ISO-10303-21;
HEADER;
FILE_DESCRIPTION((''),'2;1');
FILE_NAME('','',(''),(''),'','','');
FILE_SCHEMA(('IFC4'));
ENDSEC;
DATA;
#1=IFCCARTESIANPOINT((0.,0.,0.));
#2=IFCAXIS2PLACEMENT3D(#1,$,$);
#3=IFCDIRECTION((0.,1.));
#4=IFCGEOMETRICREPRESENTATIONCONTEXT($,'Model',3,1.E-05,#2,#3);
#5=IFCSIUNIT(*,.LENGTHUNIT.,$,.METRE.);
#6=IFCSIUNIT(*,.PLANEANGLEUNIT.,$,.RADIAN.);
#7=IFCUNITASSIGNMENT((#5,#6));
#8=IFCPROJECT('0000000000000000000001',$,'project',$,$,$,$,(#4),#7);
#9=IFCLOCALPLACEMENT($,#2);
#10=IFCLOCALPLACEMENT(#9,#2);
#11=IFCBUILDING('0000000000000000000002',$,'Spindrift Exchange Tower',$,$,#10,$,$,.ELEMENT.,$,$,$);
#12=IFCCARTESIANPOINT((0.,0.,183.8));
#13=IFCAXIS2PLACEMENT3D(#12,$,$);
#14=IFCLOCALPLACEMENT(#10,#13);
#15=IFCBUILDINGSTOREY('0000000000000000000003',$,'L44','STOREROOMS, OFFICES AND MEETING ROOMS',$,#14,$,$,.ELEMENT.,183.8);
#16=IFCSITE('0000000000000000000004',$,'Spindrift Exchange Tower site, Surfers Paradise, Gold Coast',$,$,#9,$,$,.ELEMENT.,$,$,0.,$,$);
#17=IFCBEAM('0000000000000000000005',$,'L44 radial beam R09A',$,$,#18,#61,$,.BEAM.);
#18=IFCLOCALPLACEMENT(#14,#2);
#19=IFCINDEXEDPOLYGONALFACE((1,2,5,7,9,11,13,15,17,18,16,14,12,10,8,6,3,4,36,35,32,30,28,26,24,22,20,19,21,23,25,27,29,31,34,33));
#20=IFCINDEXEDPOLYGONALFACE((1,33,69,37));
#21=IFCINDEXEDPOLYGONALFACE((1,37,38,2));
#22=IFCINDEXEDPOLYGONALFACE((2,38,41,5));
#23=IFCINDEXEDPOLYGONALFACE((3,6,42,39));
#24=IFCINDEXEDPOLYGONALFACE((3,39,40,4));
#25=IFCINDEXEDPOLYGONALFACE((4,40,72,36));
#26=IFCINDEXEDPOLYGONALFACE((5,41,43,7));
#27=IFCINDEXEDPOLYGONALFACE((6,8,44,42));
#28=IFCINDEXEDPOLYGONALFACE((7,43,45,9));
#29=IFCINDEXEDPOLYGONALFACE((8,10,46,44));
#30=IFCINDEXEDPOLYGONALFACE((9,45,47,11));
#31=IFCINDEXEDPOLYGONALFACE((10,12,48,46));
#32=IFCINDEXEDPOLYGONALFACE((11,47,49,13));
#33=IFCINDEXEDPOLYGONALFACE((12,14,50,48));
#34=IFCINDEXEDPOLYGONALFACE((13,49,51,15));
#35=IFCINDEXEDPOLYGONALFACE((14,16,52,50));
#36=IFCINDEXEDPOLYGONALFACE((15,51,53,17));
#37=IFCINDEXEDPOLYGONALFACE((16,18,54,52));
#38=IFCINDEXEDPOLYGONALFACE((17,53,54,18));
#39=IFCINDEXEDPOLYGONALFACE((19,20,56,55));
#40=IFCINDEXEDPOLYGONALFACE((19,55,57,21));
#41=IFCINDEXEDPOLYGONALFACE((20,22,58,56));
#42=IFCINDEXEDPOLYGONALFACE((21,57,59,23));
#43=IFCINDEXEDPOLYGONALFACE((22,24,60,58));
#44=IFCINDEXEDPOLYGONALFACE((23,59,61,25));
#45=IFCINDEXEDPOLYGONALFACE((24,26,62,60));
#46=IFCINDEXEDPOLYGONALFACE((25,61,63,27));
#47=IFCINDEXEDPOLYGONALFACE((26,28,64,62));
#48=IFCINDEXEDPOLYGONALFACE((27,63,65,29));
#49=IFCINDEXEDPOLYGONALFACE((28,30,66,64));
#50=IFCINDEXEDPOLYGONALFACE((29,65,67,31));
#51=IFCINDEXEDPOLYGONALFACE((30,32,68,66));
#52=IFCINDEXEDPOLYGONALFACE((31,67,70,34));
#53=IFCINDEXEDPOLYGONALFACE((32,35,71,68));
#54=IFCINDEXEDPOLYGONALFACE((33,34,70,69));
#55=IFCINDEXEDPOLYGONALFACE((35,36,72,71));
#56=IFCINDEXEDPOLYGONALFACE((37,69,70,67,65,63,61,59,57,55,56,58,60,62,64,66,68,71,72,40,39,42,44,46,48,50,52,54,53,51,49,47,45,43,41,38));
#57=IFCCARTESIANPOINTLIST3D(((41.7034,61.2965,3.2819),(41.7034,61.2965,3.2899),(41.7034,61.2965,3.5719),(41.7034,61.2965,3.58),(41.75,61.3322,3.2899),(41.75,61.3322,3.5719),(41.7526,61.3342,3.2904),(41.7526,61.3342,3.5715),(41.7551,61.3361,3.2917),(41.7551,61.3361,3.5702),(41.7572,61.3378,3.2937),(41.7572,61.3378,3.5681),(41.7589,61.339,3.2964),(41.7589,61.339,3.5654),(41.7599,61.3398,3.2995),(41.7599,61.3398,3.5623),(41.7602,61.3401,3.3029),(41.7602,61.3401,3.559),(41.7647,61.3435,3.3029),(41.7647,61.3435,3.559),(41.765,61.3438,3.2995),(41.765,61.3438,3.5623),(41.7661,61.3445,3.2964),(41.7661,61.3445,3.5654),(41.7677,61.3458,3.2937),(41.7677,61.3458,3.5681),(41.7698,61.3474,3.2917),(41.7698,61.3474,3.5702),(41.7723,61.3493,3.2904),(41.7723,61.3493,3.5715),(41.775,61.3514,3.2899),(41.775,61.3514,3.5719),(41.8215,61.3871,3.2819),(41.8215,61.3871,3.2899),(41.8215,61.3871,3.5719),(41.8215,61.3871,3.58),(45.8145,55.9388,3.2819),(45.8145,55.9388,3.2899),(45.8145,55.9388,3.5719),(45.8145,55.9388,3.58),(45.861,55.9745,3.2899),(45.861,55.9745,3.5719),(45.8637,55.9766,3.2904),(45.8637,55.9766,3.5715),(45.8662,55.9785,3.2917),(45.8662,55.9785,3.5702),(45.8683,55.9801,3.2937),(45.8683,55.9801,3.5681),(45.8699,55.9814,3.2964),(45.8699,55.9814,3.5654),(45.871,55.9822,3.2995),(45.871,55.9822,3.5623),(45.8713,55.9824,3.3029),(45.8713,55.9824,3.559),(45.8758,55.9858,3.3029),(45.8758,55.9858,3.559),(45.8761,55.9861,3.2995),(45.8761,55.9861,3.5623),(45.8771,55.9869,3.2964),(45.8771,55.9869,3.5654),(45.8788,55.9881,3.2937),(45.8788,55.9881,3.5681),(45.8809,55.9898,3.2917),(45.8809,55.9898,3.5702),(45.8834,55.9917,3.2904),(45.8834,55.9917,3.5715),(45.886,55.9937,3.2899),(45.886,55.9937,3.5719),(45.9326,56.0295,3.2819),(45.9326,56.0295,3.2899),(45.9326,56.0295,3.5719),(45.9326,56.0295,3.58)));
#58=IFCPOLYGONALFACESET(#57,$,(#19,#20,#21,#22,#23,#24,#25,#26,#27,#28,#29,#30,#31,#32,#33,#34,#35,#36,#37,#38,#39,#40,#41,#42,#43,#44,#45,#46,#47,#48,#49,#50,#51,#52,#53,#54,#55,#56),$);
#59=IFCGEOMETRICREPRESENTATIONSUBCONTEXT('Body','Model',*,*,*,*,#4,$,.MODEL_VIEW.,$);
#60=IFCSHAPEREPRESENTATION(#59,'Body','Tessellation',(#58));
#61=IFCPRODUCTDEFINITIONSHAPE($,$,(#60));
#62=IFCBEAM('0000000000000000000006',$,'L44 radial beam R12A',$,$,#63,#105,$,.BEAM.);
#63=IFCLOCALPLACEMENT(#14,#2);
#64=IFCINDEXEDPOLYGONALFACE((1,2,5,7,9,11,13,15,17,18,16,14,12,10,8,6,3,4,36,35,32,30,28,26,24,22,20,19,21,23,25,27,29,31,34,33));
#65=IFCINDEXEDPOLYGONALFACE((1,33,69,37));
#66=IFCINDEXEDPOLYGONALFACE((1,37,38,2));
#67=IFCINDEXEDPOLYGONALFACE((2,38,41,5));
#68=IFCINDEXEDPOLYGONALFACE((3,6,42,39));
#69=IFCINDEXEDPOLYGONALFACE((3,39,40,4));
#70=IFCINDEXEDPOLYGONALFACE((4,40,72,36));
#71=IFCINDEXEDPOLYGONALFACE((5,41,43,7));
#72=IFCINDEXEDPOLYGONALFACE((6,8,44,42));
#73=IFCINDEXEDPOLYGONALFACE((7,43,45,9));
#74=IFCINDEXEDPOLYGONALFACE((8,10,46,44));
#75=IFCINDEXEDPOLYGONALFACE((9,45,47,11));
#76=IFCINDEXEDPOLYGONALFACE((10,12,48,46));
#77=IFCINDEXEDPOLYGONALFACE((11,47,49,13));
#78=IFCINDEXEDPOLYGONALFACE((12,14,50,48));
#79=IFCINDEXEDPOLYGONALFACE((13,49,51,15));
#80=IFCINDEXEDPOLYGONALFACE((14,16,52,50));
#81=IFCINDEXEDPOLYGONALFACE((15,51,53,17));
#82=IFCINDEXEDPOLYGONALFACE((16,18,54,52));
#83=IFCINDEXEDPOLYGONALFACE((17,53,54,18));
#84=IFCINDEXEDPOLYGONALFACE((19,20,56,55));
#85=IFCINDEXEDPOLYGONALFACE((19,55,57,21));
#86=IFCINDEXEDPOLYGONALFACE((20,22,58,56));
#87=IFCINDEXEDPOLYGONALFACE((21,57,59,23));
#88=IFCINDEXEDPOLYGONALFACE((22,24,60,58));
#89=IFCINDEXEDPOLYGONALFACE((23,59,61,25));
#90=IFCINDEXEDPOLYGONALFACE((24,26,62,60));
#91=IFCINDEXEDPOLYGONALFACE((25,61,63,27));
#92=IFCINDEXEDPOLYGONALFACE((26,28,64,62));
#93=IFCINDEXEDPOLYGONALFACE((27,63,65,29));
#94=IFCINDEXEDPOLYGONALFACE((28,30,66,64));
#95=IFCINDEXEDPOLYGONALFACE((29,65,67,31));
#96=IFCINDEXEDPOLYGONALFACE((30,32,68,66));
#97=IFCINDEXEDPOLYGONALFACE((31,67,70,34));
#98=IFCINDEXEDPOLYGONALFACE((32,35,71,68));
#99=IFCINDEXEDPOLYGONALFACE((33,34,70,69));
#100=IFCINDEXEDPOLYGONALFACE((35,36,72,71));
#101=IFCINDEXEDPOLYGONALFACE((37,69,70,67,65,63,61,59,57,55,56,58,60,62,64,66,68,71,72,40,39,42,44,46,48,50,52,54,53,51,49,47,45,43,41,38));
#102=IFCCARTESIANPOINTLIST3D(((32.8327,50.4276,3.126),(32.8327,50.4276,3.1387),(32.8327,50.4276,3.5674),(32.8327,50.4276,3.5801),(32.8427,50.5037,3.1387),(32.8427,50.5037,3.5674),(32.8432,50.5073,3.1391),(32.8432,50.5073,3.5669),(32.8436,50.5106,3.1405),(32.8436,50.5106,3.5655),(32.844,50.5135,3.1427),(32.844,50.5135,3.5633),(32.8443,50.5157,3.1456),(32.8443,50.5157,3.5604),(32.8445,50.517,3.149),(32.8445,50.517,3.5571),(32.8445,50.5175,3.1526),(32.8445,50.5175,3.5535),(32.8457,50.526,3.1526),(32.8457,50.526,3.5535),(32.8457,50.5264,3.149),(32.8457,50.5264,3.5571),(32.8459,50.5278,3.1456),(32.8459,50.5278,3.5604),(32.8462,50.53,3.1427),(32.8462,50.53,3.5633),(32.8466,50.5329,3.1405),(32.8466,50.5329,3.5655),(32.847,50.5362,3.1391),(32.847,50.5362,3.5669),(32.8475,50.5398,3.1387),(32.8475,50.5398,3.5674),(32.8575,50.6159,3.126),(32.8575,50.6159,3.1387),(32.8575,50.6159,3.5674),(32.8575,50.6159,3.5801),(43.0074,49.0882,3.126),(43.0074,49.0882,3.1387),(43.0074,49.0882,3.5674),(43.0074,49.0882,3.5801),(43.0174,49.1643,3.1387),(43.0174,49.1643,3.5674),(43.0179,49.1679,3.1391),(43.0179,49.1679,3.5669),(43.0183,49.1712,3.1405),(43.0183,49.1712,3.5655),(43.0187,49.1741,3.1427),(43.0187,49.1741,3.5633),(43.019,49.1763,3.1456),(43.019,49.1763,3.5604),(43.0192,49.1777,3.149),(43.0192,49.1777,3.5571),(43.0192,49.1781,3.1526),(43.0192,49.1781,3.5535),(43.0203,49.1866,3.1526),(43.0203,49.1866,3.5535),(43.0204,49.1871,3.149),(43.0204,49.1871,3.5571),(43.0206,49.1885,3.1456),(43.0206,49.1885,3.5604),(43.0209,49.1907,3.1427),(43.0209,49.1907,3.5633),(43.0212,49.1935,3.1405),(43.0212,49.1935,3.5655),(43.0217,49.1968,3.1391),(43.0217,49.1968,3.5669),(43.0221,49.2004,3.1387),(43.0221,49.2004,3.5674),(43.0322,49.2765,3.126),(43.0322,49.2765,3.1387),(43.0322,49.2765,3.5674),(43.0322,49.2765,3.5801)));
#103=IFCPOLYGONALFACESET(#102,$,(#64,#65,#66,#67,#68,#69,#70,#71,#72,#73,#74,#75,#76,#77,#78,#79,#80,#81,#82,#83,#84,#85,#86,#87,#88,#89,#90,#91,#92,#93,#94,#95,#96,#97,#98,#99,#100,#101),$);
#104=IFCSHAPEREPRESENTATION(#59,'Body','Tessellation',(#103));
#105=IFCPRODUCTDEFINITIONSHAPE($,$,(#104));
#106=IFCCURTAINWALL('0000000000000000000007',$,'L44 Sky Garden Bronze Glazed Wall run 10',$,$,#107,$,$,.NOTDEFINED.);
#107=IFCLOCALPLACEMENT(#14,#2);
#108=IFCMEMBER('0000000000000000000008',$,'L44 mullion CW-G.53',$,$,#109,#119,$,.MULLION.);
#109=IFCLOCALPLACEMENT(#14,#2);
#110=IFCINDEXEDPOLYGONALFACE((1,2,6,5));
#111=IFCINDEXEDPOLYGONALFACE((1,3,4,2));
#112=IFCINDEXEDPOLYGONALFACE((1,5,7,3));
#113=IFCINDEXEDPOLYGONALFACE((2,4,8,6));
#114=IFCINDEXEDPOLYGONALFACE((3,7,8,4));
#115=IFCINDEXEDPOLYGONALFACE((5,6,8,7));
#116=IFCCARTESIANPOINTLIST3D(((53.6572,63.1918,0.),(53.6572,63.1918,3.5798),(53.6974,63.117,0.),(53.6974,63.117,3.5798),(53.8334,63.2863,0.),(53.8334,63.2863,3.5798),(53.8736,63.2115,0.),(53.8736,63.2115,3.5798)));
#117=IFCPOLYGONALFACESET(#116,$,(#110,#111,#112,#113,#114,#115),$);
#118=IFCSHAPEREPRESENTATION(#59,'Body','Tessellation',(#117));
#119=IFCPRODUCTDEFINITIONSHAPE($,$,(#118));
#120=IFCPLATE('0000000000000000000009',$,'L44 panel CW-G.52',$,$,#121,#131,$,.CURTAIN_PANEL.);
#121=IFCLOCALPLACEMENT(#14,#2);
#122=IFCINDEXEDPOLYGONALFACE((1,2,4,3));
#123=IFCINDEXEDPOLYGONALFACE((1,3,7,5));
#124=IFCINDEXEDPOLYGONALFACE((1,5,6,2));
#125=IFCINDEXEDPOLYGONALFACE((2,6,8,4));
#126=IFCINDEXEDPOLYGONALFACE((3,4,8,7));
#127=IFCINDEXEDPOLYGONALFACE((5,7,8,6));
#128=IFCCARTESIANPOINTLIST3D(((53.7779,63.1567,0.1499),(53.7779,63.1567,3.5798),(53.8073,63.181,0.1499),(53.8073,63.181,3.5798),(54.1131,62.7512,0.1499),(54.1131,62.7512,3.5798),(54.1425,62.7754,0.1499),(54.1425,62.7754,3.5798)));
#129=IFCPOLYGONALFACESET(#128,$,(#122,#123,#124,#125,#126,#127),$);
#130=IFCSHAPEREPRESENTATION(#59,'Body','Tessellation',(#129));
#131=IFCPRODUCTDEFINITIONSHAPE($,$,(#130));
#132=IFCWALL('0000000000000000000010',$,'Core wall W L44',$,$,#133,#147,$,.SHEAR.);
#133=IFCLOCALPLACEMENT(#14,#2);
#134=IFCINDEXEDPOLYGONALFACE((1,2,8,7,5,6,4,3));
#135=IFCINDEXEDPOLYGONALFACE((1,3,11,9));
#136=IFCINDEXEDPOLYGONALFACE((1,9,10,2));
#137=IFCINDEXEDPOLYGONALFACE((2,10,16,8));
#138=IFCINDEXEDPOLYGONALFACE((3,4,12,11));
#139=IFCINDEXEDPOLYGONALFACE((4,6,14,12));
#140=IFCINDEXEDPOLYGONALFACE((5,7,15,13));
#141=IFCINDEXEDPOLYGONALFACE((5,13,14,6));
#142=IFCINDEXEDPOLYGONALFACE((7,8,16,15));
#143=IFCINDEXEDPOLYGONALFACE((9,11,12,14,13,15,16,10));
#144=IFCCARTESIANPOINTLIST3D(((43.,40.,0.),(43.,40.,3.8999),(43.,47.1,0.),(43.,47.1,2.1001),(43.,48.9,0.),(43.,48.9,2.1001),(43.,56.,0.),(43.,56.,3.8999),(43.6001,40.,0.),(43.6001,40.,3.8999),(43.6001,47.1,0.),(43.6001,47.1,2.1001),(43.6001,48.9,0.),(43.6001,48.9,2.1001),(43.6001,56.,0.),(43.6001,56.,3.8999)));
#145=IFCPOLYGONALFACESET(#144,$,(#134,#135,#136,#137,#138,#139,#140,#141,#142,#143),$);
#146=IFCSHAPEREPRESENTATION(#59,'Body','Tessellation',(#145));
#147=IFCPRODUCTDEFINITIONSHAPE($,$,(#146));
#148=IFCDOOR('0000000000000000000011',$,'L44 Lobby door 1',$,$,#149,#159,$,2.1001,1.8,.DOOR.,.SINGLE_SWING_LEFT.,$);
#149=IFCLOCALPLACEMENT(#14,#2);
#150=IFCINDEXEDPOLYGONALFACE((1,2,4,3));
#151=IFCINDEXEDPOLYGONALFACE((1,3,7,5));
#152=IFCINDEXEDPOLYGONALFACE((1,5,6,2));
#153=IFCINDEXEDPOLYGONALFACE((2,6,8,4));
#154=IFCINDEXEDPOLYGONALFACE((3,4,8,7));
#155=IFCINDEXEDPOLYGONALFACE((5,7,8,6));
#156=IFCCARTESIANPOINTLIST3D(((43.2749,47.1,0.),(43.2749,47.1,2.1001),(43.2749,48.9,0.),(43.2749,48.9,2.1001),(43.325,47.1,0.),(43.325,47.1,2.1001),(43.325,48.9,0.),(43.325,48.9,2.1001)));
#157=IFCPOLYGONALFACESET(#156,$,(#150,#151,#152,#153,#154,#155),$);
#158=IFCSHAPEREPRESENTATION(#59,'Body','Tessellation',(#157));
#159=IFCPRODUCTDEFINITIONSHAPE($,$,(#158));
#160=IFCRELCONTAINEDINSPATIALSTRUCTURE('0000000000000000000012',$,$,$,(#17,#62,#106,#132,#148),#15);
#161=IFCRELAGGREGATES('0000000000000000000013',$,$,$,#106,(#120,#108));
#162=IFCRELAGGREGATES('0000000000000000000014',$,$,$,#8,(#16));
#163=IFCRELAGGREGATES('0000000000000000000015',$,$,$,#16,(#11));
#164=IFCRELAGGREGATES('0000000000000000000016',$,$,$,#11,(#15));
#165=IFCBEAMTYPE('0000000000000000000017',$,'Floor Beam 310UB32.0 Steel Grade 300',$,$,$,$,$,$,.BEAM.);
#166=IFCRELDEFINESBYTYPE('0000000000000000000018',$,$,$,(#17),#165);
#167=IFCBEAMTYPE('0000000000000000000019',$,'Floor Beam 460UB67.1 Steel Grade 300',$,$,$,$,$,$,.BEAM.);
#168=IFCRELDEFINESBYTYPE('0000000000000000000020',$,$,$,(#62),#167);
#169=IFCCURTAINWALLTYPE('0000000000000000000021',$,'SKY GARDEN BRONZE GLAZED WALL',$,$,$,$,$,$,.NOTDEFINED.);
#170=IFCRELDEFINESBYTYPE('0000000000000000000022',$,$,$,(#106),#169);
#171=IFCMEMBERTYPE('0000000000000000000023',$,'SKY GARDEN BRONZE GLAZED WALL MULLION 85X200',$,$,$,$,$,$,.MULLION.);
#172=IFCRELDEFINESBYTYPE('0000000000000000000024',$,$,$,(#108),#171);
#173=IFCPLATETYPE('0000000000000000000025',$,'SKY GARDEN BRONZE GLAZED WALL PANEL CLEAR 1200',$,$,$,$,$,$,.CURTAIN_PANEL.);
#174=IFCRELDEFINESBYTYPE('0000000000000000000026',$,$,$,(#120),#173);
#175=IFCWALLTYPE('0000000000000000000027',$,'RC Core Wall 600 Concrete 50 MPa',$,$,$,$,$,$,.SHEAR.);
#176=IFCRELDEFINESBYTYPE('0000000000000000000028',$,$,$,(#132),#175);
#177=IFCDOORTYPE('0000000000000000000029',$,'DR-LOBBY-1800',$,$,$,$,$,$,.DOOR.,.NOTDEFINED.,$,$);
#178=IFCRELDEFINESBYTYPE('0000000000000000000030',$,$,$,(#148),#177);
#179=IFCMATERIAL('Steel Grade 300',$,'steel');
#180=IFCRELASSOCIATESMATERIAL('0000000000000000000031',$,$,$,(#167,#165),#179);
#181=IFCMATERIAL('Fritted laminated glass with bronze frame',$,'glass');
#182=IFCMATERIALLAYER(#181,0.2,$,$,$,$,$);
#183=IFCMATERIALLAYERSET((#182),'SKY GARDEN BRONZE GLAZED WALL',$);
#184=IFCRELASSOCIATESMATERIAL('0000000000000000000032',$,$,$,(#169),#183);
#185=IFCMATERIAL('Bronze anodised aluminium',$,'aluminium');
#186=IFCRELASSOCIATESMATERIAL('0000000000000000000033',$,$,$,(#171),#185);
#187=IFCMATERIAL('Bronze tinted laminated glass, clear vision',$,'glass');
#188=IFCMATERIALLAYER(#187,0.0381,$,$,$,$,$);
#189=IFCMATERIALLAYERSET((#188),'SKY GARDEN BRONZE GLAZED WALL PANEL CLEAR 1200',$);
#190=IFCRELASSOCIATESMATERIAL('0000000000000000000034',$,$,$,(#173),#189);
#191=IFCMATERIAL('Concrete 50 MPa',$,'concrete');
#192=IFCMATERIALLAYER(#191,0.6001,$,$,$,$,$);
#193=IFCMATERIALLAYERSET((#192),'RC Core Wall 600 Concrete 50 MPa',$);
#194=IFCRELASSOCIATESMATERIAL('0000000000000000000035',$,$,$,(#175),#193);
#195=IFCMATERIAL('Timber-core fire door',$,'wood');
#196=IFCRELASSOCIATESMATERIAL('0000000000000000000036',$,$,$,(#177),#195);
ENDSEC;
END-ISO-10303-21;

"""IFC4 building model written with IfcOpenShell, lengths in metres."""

from ifc_helpers import new_model, si_unit, direction, frame, frame_2d, origin, origin_2d, place, context, subcontext, project, spatial, rectangle, i_section, extrude, source, transform, mapped, material, layer, layer_set, material_profile, profile_set, type_object, element, fill, aggregate, save


model = new_model("IFC4")

# Units and contexts
model_context = context("Model", 3, precision=1e-05, world=origin(), true_north=direction((0.0, 1.0)))
body_context = subcontext(model_context, "Body", "Model", "MODEL_VIEW")
ifc_project = project(units=[si_unit("LENGTHUNIT", "METRE"), si_unit("PLANEANGLEUNIT", "RADIAN")], contexts=[model_context])

# Site, building, storey
site_placement = place(None, origin())
site = spatial("IfcSite", under=ifc_project, at=site_placement, Name="Spindrift Exchange Tower site, Surfers Paradise, Gold Coast", CompositionType="ELEMENT", RefElevation=0.0)
building_placement = place(site_placement, origin())
building = spatial("IfcBuilding", under=site, at=building_placement, Name="Spindrift Exchange Tower", CompositionType="ELEMENT")
storey_placement = place(building_placement, frame((0.0, 0.0, 183.8)))
storey = spatial("IfcBuildingStorey", under=building, at=storey_placement, Name="L44", Description="STOREROOMS, OFFICES AND MEETING ROOMS", CompositionType="ELEMENT", Elevation=183.8)

# Beams
ifc_material_1 = material(Name="Steel Grade 300", Category="steel")
ifc_material_profile_1 = material_profile(ifc_material_1, i_section(OverallWidth=0.1899, OverallDepth=0.4541, WebThickness=0.0085, FlangeThickness=0.0127, FilletRadius=0.0139, at=origin_2d()), Name="460UB67.1")
ifc_profile_set_1 = profile_set([ifc_material_profile_1], Name="Steel Grade 300")
beam_type_1 = type_object("IfcBeamType", Name="Floor Beam 460UB67.1 Steel Grade 300", PredefinedType="BEAM", material=ifc_profile_set_1)
ifc_material_profile_2 = material_profile(ifc_material_1, i_section(OverallWidth=0.1489, OverallDepth=0.2981, WebThickness=0.0056, FlangeThickness=0.0081, FilletRadius=0.0129, at=origin_2d()), Name="310UB32.0")
ifc_profile_set_2 = profile_set([ifc_material_profile_2], Name="Steel Grade 300")
beam_type_2 = type_object("IfcBeamType", Name="Floor Beam 310UB32.0 Steel Grade 300", PredefinedType="BEAM", material=ifc_profile_set_2)
shared_shape_1 = source(origin(), body_context, "Body", "SweptSolid", [
    extrude(i_section(OverallWidth=0.1489, OverallDepth=0.2981, WebThickness=0.0056, FlangeThickness=0.0081, FilletRadius=0.0129, at=origin_2d()), origin(), (0.0, 0.0, 1.0), 6.7532),
])
beam_1_placement = place(storey_placement, frame((45.8735, 55.9841, 3.4309), z_axis=(-0.608762, 0.793353, 0.0), x_axis=(-0.793353, -0.608762, 0.0)))
element("IfcBeam", 1, at=beam_1_placement, inside=storey, type_object=beam_type_2, Name="L44 radial beam R09A", PredefinedType="BEAM", context=body_context, shape_type="MappedRepresentation", body=[
    mapped(shared_shape_1, transform((0.0, 0.0, 0.0), scale=1.0)),
])
shared_shape_2 = source(origin(), body_context, "Body", "SweptSolid", [
    extrude(i_section(OverallWidth=0.1899, OverallDepth=0.4541, WebThickness=0.0085, FlangeThickness=0.0127, FilletRadius=0.0139, at=origin_2d()), origin(), (0.0, 0.0, 1.0), 10.2625),
])
beam_2_placement = place(storey_placement, frame((43.0198, 49.1824, 3.353), z_axis=(-0.991447, 0.130512, 0.0), x_axis=(-0.130512, -0.991447, 0.0)))
element("IfcBeam", 2, at=beam_2_placement, inside=storey, type_object=beam_type_1, Name="L44 radial beam R12A", PredefinedType="BEAM", context=body_context, shape_type="MappedRepresentation", body=[
    mapped(shared_shape_2, transform((0.0, 0.0, 0.0), scale=1.0)),
])

# Curtain wall, member, plate
ifc_material_2 = material(Name="Fritted laminated glass with bronze frame", Category="glass")
ifc_layer_1 = layer(ifc_material_2, 0.2)
ifc_layer_set_1 = layer_set([ifc_layer_1], Name="SKY GARDEN BRONZE GLAZED WALL")
curtain_wall_type = type_object("IfcCurtainWallType", Name="SKY GARDEN BRONZE GLAZED WALL", PredefinedType="NOTDEFINED", material=ifc_layer_set_1)
curtain_wall_placement = place(storey_placement, origin())
curtain_wall = element("IfcCurtainWall", 3, at=curtain_wall_placement, inside=storey, type_object=curtain_wall_type, Name="L44 Sky Garden Bronze Glazed Wall run 10", PredefinedType="NOTDEFINED")
ifc_material_3 = material(Name="Bronze anodised aluminium", Category="aluminium")
ifc_material_profile_3 = material_profile(ifc_material_3, rectangle(XDim=0.085, YDim=0.2, at=origin_2d()), Name="SKY GARDEN BRONZE GLAZED WALL MULLION 85X200")
ifc_profile_set_3 = profile_set([ifc_material_profile_3], Name="Bronze anodised aluminium")
member_type = type_object("IfcMemberType", Name="SKY GARDEN BRONZE GLAZED WALL MULLION 85X200", PredefinedType="MULLION", material=ifc_profile_set_3)
shared_shape_3 = source(origin(), body_context, "Body", "SweptSolid", [
    extrude(rectangle(XDim=0.085, YDim=0.2, at=origin_2d()), origin(), (0.0, 0.0, 1.0), 3.5798),
])
member_placement = place(storey_placement, frame((53.7654, 63.2017, 0.0), z_axis=(0.0, 0.0, 1.0), x_axis=(-0.47263, 0.881261, 0.0)))
member = element("IfcMember", 4, at=member_placement, type_object=member_type, Name="L44 mullion CW-G.53", PredefinedType="MULLION", context=body_context, shape_type="MappedRepresentation", body=[
    mapped(shared_shape_3, transform((0.0, 0.0, 0.0), scale=1.0)),
])
ifc_material_4 = material(Name="Bronze tinted laminated glass, clear vision", Category="glass")
ifc_layer_2 = layer(ifc_material_4, 0.0381)
ifc_layer_set_2 = layer_set([ifc_layer_2], Name="SKY GARDEN BRONZE GLAZED WALL PANEL CLEAR 1200")
plate_type = type_object("IfcPlateType", Name="SKY GARDEN BRONZE GLAZED WALL PANEL CLEAR 1200", PredefinedType="CURTAIN_PANEL", material=ifc_layer_set_2)
shared_shape_4 = source(origin(), body_context, "Body", "SweptSolid", [
    extrude(rectangle(XDim=0.5261, YDim=0.0381, at=origin_2d()), origin(), (0.0, 0.0, 1.0), 3.4299),
])
plate_placement = place(storey_placement, frame((53.9602, 62.9661, 0.1499), z_axis=(0.0, 0.0, 1.0), x_axis=(-0.637105, 0.770777, 0.0)))
plate = element("IfcPlate", 5, at=plate_placement, type_object=plate_type, Name="L44 panel CW-G.52", PredefinedType="CURTAIN_PANEL", context=body_context, shape_type="MappedRepresentation", body=[
    mapped(shared_shape_4, transform((0.0, 0.0, 0.0), scale=1.0)),
])
aggregate(curtain_wall, [plate, member])

# Wall, opening, door
ifc_material_5 = material(Name="Concrete 50 MPa", Category="concrete")
ifc_layer_3 = layer(ifc_material_5, 0.6001)
ifc_layer_set_3 = layer_set([ifc_layer_3], Name="RC Core Wall 600 Concrete 50 MPa")
wall_type_1 = type_object("IfcWallType", Name="RC Core Wall 600 Concrete 50 MPa", PredefinedType="SHEAR", material=ifc_layer_set_3)
wall_1_placement = place(storey_placement, frame((43.3, 56.0, 0.0), z_axis=(0.0, 0.0, 1.0), x_axis=(0.0, -1.0, 0.0)))
wall_1 = element("IfcWall", 6, at=wall_1_placement, inside=storey, type_object=wall_type_1, Name="Core wall W L44", PredefinedType="SHEAR", context=body_context, shape_type="SweptSolid", body=[
    extrude(rectangle(XDim=16.0, YDim=0.6001, at=frame_2d((8.0, 0.0))), origin(), (0.0, 0.0, 1.0), 3.8999),
])
opening_1_placement = place(wall_1_placement, frame((7.1001, 0.0, 0.0)))
opening_1 = element("IfcOpeningElement", 7, at=opening_1_placement, cuts=wall_1, PredefinedType="OPENING", context=body_context, shape_type="SweptSolid", body=[
    extrude(rectangle(XDim=1.8, YDim=2.1001, at=frame_2d((0.8999, 1.05))), frame((0.0, 0.3101, 0.0), z_axis=(0.0, -1.0, 0.0), x_axis=(1.0, 0.0, 0.0)), (0.0, 0.0, 1.0), 0.6201),
])
ifc_material_6 = material(Name="Timber-core fire door", Category="wood")
door_type_1 = type_object("IfcDoorType", Name="DR-LOBBY-1800", OperationType="NOTDEFINED", PredefinedType="DOOR", material=ifc_material_6)
shared_shape_5 = source(origin(), body_context, "Body", "SweptSolid", [
    extrude(rectangle(XDim=1.8, YDim=2.1001, at=frame_2d((0.8999, 1.05))), frame((0.0, 0.0249, 0.0), z_axis=(0.0, -1.0, 0.0), x_axis=(1.0, 0.0, 0.0)), (0.0, 0.0, 1.0), 0.05),
])
door_1_placement = place(opening_1_placement, origin())
door_1 = element("IfcDoor", 8, at=door_1_placement, inside=storey, type_object=door_type_1, Name="L44 Lobby door 1", OperationType="SINGLE_SWING_LEFT", OverallHeight=2.1001, OverallWidth=1.8, PredefinedType="DOOR", context=body_context, shape_type="MappedRepresentation", body=[
    mapped(shared_shape_5, transform((0.0, 0.0, 0.0), scale=1.0)),
])
fill(opening_1, door_1)

save(model, "model.ifc")
